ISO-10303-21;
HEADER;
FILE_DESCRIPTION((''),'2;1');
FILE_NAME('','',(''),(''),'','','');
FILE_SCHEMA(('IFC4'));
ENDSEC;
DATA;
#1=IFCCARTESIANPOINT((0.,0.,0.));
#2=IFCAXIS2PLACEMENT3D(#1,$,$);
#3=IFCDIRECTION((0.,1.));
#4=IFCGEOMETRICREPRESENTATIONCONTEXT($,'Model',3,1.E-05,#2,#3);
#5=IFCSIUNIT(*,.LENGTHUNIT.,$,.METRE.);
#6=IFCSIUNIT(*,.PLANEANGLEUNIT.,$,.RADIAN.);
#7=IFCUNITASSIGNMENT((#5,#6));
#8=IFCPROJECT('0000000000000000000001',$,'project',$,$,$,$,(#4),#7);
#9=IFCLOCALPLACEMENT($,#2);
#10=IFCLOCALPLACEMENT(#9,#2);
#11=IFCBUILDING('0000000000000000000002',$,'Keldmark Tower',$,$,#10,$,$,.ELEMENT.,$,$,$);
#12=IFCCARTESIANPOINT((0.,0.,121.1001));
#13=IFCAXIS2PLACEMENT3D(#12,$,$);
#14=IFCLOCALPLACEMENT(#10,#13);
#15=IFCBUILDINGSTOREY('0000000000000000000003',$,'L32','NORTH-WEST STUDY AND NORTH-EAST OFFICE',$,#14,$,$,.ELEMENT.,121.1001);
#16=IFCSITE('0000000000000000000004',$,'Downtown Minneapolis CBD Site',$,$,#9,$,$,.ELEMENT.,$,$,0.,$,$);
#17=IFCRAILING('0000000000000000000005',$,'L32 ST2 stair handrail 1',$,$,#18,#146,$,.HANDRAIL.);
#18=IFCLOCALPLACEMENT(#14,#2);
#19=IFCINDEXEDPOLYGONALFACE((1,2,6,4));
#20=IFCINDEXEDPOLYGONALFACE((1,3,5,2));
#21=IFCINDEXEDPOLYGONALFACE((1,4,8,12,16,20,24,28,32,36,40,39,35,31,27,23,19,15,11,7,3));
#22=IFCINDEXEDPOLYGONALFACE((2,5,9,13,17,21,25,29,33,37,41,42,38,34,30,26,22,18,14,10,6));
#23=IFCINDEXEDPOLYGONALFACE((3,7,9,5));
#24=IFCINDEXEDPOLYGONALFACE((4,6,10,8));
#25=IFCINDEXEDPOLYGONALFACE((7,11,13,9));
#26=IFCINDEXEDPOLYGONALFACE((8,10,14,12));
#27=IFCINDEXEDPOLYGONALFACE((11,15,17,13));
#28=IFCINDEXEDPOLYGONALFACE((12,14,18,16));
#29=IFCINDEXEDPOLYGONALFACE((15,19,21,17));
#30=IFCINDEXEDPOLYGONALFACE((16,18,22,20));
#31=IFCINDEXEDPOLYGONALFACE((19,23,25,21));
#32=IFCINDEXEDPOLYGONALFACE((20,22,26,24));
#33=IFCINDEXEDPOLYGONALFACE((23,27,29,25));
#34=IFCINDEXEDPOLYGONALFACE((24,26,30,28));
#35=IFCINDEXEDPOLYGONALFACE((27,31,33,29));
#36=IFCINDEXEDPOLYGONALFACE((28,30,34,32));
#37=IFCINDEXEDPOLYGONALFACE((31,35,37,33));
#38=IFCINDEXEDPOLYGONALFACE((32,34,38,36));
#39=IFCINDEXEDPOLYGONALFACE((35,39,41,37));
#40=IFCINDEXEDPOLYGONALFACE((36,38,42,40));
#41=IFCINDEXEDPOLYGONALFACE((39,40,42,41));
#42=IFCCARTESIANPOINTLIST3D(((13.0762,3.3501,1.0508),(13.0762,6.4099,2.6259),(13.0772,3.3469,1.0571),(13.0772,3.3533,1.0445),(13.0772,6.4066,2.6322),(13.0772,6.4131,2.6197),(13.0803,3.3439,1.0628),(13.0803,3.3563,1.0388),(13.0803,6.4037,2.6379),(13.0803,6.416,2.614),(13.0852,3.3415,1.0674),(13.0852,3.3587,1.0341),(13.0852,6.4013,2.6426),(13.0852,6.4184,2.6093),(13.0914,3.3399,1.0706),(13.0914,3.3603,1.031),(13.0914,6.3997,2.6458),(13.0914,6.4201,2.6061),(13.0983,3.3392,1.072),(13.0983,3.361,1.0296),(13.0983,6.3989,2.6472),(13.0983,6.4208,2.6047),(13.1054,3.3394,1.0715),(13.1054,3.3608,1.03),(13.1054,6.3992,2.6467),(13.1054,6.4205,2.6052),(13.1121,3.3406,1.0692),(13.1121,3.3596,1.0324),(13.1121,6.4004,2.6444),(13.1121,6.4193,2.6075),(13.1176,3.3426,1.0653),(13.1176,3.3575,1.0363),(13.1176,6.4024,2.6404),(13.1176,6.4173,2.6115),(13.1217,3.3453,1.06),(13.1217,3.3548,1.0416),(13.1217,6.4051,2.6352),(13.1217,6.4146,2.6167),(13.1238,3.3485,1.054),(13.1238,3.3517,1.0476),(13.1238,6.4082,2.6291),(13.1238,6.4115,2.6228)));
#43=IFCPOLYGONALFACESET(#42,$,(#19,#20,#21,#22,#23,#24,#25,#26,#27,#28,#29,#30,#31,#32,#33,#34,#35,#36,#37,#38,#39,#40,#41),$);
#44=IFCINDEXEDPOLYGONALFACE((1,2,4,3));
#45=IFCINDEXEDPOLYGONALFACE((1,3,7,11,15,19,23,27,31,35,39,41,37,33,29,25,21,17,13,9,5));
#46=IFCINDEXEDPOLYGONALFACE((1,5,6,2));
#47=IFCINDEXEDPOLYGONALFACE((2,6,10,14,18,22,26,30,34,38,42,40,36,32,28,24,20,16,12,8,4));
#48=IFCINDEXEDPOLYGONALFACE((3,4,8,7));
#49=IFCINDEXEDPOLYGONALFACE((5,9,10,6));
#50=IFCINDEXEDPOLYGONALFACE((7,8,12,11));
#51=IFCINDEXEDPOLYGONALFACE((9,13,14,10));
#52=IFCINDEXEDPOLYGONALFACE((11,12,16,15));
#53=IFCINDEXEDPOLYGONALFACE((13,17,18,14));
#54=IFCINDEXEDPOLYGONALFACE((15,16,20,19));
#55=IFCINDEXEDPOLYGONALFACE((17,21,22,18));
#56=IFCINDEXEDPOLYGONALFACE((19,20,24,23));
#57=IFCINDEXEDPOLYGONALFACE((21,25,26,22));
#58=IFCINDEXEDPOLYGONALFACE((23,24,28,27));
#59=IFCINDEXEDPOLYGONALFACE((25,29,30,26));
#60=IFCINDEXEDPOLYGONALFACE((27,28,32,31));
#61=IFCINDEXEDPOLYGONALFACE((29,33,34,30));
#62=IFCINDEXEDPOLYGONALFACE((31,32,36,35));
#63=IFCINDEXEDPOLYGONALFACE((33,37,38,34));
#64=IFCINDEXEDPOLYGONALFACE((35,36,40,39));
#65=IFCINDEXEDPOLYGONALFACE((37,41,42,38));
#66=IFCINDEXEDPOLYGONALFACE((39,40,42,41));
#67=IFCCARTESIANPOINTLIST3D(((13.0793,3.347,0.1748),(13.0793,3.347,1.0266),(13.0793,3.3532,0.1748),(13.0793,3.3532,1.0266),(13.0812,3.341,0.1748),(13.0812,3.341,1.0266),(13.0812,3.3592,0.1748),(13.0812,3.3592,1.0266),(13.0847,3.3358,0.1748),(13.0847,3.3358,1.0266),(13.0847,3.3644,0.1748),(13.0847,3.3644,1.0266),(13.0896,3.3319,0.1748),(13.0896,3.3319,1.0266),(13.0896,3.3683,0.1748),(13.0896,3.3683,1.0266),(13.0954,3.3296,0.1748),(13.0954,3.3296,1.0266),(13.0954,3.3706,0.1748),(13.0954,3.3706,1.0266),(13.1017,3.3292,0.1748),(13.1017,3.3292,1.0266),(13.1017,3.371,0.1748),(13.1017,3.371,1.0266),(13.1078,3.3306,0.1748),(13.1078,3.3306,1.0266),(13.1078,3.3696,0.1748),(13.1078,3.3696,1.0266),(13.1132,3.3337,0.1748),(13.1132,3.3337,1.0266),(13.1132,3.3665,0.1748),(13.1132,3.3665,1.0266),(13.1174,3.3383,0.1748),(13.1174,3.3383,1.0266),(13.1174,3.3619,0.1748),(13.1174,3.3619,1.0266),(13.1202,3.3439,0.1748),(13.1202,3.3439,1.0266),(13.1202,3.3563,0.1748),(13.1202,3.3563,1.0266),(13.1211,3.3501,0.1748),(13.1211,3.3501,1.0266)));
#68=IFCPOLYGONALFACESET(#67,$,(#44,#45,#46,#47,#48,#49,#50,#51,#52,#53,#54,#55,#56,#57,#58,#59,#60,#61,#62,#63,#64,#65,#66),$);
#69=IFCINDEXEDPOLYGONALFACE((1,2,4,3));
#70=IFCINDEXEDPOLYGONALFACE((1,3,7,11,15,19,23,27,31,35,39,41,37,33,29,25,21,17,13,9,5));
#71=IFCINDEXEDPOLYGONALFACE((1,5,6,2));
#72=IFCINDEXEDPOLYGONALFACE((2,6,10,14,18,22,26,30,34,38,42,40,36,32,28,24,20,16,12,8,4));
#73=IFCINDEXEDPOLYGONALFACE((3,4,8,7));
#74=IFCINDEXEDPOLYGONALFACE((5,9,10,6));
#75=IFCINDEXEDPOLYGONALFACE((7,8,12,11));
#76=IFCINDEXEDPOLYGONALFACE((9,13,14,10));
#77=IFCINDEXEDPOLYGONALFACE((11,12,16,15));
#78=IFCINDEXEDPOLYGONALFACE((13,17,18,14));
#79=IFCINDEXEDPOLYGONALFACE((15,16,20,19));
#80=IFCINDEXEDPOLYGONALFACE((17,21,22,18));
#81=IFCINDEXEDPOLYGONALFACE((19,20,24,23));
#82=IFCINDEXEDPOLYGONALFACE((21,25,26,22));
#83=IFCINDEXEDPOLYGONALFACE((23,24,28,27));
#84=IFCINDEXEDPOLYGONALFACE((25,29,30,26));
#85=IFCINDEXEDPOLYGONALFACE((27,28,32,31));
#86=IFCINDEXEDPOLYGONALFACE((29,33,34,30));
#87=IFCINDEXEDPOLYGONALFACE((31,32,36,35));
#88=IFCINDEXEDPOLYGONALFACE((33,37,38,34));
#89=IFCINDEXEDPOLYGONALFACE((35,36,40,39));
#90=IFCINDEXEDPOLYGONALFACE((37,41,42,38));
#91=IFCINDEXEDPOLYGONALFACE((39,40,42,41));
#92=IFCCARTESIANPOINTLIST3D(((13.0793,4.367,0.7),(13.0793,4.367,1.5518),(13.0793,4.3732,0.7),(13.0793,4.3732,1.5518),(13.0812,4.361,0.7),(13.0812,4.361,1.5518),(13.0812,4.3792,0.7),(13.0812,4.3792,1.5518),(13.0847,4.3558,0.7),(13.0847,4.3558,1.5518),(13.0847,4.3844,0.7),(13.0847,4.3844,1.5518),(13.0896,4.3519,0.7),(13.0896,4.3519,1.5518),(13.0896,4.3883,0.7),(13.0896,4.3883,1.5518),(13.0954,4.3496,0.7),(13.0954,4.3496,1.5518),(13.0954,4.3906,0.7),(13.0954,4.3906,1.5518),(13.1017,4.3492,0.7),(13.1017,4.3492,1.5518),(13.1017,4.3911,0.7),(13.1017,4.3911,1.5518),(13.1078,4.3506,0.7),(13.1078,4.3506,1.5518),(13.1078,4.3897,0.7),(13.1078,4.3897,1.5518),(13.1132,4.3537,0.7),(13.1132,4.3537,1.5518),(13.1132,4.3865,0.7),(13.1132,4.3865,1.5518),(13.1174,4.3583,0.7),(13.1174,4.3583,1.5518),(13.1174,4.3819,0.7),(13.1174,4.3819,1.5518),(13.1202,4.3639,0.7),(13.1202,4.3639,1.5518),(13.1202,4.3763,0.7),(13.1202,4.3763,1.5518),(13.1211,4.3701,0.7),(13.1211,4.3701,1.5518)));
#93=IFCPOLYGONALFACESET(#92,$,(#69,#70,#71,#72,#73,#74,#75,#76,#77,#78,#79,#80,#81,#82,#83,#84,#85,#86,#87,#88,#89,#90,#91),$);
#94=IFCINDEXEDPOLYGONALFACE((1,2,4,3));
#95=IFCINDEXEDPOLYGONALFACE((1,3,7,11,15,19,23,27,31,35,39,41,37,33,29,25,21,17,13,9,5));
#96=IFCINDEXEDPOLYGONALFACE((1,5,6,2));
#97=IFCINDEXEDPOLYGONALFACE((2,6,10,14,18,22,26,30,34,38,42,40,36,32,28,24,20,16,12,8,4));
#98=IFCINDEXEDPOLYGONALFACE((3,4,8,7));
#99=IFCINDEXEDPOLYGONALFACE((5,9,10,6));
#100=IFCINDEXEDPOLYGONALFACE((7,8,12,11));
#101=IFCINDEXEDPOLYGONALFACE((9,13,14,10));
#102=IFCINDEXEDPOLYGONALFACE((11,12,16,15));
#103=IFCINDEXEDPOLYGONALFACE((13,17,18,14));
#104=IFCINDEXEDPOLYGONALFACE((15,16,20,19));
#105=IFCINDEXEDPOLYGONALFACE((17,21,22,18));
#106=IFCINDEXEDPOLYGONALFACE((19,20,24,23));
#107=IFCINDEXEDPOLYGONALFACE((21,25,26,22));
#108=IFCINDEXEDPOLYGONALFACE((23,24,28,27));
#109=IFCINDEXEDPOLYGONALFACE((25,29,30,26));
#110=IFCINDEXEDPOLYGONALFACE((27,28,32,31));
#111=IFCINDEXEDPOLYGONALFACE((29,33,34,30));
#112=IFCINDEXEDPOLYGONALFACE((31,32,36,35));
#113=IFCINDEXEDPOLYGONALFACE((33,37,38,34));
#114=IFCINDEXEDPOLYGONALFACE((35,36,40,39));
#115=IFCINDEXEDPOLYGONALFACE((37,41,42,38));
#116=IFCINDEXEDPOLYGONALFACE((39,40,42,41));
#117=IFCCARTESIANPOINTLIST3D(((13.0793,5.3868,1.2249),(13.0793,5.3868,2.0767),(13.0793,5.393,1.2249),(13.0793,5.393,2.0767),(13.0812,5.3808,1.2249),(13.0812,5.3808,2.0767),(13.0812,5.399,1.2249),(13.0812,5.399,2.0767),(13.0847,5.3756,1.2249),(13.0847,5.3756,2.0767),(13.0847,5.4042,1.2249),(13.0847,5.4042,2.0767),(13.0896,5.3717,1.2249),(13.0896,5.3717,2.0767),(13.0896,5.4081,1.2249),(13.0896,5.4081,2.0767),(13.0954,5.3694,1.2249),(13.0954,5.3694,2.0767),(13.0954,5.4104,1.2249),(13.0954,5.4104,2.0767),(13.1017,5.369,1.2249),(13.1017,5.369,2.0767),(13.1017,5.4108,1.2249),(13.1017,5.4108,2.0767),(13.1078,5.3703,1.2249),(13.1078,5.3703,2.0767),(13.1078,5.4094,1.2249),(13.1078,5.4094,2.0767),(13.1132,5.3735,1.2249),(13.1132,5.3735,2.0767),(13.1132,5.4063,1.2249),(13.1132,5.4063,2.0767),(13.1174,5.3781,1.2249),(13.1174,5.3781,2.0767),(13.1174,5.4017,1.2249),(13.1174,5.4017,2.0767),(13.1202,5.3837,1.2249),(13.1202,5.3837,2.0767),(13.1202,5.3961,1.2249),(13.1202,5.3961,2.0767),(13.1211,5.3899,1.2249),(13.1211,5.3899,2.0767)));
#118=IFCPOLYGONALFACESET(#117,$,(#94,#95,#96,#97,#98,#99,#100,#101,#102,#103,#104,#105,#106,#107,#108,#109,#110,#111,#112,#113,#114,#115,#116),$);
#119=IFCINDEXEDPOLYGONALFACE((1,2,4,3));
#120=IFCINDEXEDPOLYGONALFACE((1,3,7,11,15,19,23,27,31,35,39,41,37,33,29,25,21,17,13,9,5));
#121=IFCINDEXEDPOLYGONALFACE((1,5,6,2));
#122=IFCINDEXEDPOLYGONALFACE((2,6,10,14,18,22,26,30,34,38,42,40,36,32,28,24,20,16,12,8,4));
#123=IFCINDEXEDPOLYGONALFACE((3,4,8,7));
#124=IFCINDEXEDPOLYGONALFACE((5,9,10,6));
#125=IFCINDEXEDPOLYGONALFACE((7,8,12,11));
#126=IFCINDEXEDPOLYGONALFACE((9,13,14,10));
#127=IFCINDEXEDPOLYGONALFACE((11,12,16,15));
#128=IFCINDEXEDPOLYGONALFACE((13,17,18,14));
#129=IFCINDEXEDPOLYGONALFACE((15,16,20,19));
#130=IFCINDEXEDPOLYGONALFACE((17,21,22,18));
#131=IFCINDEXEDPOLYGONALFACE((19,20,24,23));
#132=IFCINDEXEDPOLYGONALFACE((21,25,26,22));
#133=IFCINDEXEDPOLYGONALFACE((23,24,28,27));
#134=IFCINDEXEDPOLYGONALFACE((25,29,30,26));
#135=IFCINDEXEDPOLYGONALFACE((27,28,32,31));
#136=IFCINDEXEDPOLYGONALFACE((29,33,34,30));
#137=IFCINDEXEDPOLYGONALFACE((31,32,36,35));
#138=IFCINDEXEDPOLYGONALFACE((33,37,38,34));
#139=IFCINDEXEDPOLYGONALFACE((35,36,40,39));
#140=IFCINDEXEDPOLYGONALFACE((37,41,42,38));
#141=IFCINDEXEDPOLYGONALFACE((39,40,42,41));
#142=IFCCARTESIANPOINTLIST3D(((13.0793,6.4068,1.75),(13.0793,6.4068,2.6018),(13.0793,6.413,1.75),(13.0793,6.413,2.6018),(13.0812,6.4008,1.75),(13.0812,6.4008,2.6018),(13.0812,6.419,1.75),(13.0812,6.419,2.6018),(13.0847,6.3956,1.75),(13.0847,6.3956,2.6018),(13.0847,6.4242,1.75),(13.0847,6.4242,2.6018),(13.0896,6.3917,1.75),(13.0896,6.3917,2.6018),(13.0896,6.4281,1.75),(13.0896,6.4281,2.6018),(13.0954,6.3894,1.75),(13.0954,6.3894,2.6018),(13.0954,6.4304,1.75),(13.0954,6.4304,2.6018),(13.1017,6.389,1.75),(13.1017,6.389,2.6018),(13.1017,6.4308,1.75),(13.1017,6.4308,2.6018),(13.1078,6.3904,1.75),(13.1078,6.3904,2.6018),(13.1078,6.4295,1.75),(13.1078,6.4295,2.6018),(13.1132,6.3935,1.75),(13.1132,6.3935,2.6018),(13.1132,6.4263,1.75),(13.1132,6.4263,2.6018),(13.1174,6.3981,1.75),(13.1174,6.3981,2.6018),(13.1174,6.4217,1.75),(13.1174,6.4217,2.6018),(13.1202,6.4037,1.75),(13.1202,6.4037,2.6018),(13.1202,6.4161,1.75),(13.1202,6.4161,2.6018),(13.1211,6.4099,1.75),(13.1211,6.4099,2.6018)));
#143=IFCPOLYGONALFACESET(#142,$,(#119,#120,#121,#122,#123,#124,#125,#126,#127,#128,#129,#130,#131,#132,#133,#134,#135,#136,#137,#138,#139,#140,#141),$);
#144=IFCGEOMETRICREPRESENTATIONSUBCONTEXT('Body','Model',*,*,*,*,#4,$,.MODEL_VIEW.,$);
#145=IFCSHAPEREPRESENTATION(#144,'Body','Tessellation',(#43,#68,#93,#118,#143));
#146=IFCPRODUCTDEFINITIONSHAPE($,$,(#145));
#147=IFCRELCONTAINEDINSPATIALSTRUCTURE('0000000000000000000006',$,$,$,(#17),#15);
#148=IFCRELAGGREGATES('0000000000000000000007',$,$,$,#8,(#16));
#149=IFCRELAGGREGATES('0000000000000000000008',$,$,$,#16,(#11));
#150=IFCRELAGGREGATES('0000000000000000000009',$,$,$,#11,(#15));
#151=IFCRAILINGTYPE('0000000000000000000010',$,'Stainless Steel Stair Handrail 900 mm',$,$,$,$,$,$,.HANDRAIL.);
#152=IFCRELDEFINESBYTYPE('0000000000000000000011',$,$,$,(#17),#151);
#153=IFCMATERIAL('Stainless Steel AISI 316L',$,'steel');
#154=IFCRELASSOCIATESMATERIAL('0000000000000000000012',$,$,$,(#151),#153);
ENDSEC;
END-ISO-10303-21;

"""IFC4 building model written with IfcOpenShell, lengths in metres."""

from ifc_helpers import new_model, si_unit, direction, frame, origin, origin_2d, place, context, subcontext, project, spatial, circle, extrude, material, type_object, element, save


model = new_model("IFC4")

# Units and contexts
model_context = context("Model", 3, precision=1e-05, world=origin(), true_north=direction((0.0, 1.0)))
body_context = subcontext(model_context, "Body", "Model", "MODEL_VIEW")
ifc_project = project(units=[si_unit("LENGTHUNIT", "METRE"), si_unit("PLANEANGLEUNIT", "RADIAN")], contexts=[model_context])

# Site, building, storey
site_placement = place(None, origin())
site = spatial("IfcSite", under=ifc_project, at=site_placement, Name="Downtown Minneapolis CBD Site", CompositionType="ELEMENT", RefElevation=0.0)
building_placement = place(site_placement, origin())
building = spatial("IfcBuilding", under=site, at=building_placement, Name="Keldmark Tower", CompositionType="ELEMENT")
storey_placement = place(building_placement, frame((0.0, 0.0, 121.1001)))
storey = spatial("IfcBuildingStorey", under=building, at=storey_placement, Name="L32", Description="NORTH-WEST STUDY AND NORTH-EAST OFFICE", CompositionType="ELEMENT", Elevation=121.1001)

# Railing
ifc_material_1 = material(Name="Stainless Steel AISI 316L", Category="steel")
railing_type_1 = type_object("IfcRailingType", Name="Stainless Steel Stair Handrail 900 mm", PredefinedType="HANDRAIL", material=ifc_material_1)
railing_1_placement = place(storey_placement, frame((13.1001, 3.3501, 0.1748)))
element("IfcRailing", 1, at=railing_1_placement, inside=storey, type_object=railing_type_1, Name="L32 ST2 stair handrail 1", PredefinedType="HANDRAIL", context=body_context, shape_type="SweptSolid", body=[
    extrude(circle(Radius=0.0239, at=origin_2d()), frame((0.0, 0.0, 0.876), z_axis=(0.0, 0.889101, 0.45771), x_axis=(-1.0, 0.0, 0.0)), (0.0, 0.0, 1.0), 3.4414),
    extrude(circle(Radius=0.021, at=origin_2d()), origin(), (0.0, 0.0, 1.0), 0.8518),
    extrude(circle(Radius=0.021, at=origin_2d()), frame((0.0, 1.02, 0.5251)), (0.0, 0.0, 1.0), 0.8518),
    extrude(circle(Radius=0.021, at=origin_2d()), frame((0.0, 2.0398, 1.05)), (0.0, 0.0, 1.0), 0.8518),
    extrude(circle(Radius=0.021, at=origin_2d()), frame((0.0, 3.0598, 1.5752)), (0.0, 0.0, 1.0), 0.8518),
])

save(model, "model.ifc")
